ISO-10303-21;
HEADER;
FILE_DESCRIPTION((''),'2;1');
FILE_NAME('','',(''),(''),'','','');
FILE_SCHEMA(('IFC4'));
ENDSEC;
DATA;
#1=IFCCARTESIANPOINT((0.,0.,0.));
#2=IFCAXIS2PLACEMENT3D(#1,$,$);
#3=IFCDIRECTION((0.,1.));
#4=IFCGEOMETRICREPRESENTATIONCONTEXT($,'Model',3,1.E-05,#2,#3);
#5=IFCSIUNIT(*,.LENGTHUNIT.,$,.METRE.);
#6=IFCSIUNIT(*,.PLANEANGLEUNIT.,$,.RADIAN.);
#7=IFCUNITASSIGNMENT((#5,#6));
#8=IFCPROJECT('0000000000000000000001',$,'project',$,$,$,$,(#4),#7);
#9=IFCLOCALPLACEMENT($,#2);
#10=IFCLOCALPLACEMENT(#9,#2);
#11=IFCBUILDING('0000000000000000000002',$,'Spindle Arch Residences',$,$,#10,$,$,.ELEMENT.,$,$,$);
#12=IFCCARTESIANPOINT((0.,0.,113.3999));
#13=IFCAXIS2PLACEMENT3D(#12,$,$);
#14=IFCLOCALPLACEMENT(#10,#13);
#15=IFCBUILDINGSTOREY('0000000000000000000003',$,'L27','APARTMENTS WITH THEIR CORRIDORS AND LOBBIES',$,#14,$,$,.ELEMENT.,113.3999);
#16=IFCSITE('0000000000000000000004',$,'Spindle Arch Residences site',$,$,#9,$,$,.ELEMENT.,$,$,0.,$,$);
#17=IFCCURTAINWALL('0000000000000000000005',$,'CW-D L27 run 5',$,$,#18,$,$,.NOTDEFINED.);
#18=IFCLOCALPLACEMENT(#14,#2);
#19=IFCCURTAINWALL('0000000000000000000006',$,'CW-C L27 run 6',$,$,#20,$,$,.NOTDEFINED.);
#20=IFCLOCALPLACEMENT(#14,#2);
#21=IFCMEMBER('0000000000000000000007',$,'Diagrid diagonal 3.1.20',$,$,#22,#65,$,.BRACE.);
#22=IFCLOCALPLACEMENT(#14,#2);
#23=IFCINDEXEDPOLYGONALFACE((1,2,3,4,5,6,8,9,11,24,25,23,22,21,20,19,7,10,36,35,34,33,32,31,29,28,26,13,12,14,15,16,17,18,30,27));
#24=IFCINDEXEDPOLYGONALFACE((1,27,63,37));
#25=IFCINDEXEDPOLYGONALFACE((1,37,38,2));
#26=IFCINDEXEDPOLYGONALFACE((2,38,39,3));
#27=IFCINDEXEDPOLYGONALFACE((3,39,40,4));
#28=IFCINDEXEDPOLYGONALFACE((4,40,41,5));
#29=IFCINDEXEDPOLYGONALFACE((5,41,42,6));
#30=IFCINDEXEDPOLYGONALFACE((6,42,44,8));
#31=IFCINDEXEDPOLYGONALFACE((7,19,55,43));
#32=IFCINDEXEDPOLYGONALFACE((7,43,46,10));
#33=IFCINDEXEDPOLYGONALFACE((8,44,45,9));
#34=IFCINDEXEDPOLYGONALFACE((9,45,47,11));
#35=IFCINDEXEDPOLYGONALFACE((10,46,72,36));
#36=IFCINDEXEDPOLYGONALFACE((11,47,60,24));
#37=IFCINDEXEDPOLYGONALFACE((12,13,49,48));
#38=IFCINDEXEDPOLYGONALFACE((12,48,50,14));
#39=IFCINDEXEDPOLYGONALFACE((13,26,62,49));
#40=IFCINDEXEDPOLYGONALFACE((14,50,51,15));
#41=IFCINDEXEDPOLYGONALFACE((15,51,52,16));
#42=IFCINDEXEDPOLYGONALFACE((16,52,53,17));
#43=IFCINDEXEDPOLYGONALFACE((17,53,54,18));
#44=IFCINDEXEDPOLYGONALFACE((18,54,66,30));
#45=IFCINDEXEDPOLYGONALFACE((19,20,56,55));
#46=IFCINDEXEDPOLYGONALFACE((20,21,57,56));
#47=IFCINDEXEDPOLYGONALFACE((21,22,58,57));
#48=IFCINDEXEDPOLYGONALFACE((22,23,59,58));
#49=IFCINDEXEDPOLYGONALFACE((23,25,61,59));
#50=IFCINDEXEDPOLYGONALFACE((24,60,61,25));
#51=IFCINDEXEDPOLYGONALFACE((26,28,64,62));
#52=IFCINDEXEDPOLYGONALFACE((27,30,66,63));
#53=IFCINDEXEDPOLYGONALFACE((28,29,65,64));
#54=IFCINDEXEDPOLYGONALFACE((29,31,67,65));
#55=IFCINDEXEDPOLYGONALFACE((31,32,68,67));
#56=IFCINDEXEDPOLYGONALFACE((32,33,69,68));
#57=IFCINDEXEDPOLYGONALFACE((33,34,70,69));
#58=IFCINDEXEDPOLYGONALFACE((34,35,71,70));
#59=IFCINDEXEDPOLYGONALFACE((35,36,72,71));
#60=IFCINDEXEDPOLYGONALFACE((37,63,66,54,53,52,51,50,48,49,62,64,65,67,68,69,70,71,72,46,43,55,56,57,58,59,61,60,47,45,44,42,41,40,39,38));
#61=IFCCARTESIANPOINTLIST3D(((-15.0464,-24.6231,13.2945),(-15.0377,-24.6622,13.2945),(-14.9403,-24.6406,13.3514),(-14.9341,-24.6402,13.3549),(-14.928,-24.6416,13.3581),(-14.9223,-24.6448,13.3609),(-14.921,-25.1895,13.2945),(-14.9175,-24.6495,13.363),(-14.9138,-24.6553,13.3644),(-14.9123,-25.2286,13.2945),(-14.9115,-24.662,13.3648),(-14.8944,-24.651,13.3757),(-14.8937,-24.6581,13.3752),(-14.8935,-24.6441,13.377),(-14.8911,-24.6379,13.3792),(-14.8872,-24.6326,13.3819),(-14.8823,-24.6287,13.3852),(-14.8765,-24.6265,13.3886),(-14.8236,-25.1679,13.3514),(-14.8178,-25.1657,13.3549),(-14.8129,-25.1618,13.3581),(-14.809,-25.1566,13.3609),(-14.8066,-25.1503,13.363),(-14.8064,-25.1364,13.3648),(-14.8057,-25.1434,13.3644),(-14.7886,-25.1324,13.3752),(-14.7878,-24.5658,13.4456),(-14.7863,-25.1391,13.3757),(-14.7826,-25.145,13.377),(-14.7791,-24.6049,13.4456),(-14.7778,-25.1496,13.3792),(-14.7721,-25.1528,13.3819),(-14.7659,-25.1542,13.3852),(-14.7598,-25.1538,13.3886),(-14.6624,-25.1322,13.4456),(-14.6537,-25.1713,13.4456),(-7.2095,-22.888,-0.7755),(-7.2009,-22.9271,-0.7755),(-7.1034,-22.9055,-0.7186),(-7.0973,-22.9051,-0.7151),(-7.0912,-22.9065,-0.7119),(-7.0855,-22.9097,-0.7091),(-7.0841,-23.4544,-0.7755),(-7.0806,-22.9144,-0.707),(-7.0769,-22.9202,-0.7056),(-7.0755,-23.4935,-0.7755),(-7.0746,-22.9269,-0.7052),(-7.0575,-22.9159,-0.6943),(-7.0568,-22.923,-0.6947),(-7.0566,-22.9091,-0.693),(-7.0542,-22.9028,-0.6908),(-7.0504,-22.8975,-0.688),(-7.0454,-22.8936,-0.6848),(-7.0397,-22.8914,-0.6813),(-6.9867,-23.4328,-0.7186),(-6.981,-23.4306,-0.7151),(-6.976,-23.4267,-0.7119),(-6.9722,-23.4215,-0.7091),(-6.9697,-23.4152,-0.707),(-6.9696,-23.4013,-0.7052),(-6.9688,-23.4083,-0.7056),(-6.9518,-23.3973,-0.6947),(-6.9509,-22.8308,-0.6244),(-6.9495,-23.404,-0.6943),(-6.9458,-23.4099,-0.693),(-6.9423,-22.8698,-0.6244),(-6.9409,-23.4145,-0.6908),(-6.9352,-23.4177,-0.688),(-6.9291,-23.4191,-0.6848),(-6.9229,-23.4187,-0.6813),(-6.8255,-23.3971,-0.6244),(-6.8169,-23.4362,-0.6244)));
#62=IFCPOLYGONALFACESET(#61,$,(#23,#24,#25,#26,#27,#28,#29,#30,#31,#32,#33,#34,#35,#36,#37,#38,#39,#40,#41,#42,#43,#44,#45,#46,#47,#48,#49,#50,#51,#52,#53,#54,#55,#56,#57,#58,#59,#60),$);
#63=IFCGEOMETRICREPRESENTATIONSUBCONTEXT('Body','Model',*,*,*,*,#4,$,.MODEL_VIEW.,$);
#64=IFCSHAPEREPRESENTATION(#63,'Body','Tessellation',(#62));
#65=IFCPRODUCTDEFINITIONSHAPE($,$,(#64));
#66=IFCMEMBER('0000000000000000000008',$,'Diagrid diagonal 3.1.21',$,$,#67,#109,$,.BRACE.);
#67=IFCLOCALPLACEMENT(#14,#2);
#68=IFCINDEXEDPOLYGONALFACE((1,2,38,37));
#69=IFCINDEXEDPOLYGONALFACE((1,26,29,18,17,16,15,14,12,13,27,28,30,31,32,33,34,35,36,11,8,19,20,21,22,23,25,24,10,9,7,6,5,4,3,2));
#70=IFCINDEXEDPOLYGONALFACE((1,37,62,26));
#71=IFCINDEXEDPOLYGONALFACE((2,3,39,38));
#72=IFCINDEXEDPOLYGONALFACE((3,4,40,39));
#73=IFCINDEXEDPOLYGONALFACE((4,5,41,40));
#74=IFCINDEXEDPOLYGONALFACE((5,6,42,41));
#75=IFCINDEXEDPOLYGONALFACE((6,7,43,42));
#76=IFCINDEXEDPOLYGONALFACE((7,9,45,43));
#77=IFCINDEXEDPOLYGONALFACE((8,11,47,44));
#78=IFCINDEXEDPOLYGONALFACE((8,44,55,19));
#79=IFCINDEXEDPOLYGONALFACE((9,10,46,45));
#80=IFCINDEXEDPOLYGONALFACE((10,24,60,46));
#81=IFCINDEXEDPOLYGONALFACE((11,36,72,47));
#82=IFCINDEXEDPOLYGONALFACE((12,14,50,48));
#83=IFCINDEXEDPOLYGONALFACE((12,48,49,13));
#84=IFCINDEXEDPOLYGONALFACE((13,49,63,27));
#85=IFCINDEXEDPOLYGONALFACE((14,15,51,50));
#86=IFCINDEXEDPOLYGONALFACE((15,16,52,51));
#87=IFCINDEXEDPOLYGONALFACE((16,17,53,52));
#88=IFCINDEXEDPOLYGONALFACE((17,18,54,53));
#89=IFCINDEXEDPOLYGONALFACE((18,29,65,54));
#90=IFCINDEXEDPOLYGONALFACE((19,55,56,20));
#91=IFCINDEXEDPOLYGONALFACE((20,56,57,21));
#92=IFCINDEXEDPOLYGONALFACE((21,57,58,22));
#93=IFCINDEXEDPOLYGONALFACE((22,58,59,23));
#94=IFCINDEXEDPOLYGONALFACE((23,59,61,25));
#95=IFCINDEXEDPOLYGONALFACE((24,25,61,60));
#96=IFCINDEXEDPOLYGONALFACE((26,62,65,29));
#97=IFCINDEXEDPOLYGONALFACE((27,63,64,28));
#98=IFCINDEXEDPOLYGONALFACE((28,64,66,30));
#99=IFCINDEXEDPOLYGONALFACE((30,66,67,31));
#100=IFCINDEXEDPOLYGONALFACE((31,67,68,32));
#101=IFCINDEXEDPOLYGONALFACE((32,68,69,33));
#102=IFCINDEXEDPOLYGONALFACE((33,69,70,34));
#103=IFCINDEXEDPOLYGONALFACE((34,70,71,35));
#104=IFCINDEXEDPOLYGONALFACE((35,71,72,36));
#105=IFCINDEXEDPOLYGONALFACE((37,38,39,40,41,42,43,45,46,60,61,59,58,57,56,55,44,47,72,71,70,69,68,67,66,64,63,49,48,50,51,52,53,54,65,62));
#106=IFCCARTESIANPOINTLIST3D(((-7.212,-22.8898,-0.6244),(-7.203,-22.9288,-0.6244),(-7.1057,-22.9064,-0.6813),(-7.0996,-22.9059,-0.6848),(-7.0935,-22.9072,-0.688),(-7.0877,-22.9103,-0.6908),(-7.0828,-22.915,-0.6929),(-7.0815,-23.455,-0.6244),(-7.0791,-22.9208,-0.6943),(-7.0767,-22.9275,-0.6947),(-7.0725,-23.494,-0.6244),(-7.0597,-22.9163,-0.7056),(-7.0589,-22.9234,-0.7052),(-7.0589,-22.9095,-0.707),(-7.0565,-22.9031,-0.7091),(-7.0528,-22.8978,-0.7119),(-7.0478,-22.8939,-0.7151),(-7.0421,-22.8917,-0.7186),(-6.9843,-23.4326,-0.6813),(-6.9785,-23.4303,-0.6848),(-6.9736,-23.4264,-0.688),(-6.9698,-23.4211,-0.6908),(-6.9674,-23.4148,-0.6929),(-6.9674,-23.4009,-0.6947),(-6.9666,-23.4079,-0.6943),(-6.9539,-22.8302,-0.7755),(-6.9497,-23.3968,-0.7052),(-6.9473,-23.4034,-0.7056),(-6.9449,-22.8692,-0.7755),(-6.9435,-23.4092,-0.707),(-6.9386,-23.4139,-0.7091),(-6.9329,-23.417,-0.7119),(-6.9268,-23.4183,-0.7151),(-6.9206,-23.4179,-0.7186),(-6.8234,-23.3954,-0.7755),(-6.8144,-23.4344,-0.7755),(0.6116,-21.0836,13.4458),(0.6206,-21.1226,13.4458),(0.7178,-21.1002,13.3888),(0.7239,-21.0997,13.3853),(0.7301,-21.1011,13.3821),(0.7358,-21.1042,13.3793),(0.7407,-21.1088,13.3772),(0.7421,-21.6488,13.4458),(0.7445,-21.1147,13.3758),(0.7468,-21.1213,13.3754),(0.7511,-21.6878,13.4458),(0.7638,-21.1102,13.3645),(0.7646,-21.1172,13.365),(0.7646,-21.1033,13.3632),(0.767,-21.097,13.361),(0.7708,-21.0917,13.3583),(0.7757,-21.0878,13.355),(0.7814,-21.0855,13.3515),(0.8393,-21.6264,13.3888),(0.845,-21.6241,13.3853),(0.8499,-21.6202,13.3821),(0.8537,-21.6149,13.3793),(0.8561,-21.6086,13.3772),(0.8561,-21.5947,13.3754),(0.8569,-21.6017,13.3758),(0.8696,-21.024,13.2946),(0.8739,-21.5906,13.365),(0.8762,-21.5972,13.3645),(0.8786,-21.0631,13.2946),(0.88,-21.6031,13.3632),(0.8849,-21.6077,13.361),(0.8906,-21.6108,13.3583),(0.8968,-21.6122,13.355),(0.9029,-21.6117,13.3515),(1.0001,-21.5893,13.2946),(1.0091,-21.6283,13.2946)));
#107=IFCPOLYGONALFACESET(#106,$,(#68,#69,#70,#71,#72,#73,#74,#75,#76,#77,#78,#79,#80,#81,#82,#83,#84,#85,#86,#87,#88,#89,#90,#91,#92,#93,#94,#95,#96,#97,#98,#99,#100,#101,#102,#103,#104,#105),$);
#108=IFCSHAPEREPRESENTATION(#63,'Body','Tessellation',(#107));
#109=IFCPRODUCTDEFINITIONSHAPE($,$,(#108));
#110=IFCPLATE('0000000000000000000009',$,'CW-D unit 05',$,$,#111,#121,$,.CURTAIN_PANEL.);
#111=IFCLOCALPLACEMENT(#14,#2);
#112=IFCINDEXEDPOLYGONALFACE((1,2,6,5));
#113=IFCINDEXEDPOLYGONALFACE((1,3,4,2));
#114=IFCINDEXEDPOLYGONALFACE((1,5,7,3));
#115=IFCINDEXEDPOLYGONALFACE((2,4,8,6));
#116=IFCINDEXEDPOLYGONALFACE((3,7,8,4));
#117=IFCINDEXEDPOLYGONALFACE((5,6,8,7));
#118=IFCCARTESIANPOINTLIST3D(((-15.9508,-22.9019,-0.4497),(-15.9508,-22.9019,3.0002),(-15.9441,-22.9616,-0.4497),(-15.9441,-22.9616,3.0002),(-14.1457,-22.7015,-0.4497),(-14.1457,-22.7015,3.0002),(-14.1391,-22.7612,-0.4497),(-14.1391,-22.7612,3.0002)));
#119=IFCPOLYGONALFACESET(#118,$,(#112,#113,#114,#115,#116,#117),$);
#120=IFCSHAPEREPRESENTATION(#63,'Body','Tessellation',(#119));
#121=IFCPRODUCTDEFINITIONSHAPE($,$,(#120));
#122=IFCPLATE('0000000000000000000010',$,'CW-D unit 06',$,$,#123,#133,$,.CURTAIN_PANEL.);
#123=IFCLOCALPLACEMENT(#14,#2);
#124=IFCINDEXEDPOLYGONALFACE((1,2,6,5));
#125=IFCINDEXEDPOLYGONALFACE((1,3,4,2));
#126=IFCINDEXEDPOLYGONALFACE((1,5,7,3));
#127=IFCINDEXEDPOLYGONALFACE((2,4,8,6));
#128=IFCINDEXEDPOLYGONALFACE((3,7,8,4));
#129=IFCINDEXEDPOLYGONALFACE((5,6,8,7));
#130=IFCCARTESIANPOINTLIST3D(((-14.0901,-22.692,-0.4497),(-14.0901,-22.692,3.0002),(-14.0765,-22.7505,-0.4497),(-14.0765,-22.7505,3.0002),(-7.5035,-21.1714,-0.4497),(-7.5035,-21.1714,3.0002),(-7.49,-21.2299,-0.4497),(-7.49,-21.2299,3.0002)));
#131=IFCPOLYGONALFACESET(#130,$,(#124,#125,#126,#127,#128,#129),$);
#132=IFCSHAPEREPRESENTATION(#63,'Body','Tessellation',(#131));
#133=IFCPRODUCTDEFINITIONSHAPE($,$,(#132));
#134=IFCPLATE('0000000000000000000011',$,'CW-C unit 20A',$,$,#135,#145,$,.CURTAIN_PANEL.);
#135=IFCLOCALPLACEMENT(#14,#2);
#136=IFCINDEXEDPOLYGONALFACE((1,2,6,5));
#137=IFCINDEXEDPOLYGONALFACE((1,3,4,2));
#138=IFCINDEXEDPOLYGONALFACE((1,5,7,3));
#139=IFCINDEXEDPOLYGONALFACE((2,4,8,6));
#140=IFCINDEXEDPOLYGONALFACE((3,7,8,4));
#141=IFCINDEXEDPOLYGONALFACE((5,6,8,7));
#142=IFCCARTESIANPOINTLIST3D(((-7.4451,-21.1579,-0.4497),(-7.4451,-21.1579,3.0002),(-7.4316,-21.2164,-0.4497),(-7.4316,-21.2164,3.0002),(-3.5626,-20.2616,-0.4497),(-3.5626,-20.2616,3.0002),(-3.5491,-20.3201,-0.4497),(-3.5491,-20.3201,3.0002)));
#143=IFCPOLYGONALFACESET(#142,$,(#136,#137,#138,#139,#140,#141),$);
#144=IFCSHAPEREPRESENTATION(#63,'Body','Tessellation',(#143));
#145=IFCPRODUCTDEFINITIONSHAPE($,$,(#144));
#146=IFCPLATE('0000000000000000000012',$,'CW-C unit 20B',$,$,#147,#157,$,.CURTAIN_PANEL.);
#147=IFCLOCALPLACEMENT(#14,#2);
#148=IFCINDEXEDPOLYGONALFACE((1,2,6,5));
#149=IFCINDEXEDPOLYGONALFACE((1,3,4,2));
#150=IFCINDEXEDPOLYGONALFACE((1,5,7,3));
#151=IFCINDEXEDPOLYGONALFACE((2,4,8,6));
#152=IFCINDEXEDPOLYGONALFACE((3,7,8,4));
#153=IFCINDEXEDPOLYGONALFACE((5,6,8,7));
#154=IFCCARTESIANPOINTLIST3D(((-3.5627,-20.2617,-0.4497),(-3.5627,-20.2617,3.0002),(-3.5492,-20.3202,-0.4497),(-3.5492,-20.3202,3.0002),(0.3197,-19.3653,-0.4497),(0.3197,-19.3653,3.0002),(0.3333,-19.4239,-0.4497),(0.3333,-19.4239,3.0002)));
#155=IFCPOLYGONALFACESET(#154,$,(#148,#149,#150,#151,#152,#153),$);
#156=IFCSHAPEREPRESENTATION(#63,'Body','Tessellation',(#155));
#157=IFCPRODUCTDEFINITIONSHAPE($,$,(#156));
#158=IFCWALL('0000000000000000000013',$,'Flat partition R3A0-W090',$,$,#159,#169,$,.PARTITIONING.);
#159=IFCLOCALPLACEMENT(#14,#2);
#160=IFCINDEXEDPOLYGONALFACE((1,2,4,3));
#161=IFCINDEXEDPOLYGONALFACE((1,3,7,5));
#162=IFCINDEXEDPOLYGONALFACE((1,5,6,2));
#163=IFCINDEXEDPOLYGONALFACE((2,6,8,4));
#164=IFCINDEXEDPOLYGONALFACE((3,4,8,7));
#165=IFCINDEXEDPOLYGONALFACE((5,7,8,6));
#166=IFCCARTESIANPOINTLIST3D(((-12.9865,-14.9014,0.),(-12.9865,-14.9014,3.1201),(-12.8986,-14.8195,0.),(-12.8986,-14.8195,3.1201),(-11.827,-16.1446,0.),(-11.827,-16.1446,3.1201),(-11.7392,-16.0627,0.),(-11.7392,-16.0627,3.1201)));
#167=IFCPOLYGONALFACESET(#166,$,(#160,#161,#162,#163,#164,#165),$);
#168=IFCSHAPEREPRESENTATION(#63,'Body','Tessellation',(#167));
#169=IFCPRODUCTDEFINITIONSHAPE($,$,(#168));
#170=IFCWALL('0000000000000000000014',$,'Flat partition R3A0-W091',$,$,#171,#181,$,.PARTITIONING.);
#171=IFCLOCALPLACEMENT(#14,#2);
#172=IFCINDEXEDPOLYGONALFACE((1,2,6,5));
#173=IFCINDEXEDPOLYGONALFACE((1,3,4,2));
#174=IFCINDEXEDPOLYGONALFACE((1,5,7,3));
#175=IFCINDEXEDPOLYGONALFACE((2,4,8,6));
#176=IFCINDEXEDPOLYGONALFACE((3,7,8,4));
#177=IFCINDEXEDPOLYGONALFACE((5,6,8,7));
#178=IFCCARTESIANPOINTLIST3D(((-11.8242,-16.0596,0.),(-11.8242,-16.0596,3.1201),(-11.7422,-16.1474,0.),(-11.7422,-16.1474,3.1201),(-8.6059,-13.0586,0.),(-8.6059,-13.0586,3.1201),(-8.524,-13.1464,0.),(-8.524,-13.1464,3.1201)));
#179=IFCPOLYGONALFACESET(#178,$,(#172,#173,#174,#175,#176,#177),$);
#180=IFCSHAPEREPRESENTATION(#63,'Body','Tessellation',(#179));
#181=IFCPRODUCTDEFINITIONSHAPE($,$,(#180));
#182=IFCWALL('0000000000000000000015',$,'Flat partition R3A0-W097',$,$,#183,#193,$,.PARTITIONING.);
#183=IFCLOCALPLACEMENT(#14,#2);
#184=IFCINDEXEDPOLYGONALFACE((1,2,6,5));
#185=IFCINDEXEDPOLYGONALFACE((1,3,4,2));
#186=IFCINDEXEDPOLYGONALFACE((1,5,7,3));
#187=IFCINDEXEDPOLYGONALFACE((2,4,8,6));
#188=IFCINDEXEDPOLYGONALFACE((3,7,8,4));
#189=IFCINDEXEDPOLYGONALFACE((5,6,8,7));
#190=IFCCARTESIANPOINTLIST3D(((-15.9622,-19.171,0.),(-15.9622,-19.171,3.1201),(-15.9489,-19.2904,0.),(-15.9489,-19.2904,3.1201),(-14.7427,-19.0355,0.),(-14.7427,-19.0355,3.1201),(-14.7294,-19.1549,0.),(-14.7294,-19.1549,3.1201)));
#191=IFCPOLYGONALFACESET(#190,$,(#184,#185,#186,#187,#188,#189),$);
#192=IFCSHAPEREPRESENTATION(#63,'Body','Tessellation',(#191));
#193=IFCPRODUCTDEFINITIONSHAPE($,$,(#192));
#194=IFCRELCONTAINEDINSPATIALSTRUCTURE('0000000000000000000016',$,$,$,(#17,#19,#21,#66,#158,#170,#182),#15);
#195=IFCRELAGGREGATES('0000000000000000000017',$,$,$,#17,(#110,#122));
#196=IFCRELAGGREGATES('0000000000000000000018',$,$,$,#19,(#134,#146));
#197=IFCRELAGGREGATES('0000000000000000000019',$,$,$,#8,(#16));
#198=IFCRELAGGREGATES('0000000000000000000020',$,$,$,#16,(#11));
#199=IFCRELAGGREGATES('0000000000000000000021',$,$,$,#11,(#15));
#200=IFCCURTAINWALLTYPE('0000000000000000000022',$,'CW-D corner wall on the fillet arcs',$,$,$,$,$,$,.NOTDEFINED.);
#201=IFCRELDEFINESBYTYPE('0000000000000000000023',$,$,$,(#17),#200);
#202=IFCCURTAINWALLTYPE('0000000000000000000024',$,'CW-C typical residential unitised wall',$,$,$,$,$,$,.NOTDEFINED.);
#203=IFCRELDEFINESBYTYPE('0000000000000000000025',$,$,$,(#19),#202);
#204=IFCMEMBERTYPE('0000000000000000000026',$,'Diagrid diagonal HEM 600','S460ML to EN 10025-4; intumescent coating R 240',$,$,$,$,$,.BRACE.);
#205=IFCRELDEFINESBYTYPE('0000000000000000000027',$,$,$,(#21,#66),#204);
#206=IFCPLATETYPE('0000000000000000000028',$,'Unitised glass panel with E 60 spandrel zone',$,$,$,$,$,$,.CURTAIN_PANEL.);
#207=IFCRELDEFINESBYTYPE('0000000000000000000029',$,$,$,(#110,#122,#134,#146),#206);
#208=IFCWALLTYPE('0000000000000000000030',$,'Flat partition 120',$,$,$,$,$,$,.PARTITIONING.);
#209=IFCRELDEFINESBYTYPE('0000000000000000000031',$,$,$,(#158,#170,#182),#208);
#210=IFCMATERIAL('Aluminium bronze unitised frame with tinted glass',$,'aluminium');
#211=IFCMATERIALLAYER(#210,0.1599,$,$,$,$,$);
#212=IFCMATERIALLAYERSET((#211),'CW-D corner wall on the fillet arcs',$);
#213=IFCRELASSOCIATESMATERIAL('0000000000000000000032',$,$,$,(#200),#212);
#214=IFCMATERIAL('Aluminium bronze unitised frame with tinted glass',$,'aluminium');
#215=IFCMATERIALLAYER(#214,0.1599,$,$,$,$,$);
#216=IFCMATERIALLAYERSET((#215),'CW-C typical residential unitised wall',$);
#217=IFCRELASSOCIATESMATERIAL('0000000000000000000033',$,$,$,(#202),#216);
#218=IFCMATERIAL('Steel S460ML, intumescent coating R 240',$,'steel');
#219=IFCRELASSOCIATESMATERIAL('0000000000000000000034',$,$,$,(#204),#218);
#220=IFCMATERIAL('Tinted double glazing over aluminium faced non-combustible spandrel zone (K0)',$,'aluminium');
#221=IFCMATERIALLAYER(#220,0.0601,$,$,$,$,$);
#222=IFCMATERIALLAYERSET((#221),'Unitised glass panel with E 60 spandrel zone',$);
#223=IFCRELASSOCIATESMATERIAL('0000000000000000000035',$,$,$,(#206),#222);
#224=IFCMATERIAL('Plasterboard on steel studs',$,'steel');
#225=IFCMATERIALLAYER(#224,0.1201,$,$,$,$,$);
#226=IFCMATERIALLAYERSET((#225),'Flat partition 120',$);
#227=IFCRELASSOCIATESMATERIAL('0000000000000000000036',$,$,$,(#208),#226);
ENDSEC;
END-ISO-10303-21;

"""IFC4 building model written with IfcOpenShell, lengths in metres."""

from ifc_helpers import new_model, si_unit, direction, frame, frame_2d, origin, origin_2d, place, context, subcontext, project, spatial, rectangle, i_section, extrude, material, layer, layer_set, material_profile, profile_set, type_object, element, aggregate, save


model = new_model("IFC4")

# Units and contexts
model_context = context("Model", 3, precision=1e-05, world=origin(), true_north=direction((0.0, 1.0)))
body_context = subcontext(model_context, "Body", "Model", "MODEL_VIEW")
ifc_project = project(units=[si_unit("LENGTHUNIT", "METRE"), si_unit("PLANEANGLEUNIT", "RADIAN")], contexts=[model_context])

# Site, building, storey
site_placement = place(None, origin())
site = spatial("IfcSite", under=ifc_project, at=site_placement, Name="Spindle Arch Residences site", CompositionType="ELEMENT", RefElevation=0.0)
building_placement = place(site_placement, origin())
building = spatial("IfcBuilding", under=site, at=building_placement, Name="Spindle Arch Residences", CompositionType="ELEMENT")
storey_placement = place(building_placement, frame((0.0, 0.0, 113.3999)))
storey = spatial("IfcBuildingStorey", under=building, at=storey_placement, Name="L27", Description="APARTMENTS WITH THEIR CORRIDORS AND LOBBIES", CompositionType="ELEMENT", Elevation=113.3999)

# Curtain wall
ifc_material_1 = material(Name="Aluminium bronze unitised frame with tinted glass", Category="aluminium")
ifc_layer_1 = layer(ifc_material_1, 0.1599)
ifc_layer_set_1 = layer_set([ifc_layer_1], Name="CW-D corner wall on the fillet arcs")
curtain_wall_type_1 = type_object("IfcCurtainWallType", Name="CW-D corner wall on the fillet arcs", PredefinedType="NOTDEFINED", material=ifc_layer_set_1)
curtain_wall_1_placement = place(storey_placement, origin())
curtain_wall_1 = element("IfcCurtainWall", 1, at=curtain_wall_1_placement, inside=storey, type_object=curtain_wall_type_1, Name="CW-D L27 run 5", PredefinedType="NOTDEFINED")

# Curtain wall
ifc_material_2 = material(Name="Aluminium bronze unitised frame with tinted glass", Category="aluminium")
ifc_layer_2 = layer(ifc_material_2, 0.1599)
ifc_layer_set_2 = layer_set([ifc_layer_2], Name="CW-C typical residential unitised wall")
curtain_wall_type_2 = type_object("IfcCurtainWallType", Name="CW-C typical residential unitised wall", PredefinedType="NOTDEFINED", material=ifc_layer_set_2)
curtain_wall_2_placement = place(storey_placement, origin())
curtain_wall_2 = element("IfcCurtainWall", 2, at=curtain_wall_2_placement, inside=storey, type_object=curtain_wall_type_2, Name="CW-C L27 run 6", PredefinedType="NOTDEFINED")

# Members
ifc_material_3 = material(Name="Steel S460ML, intumescent coating R 240", Category="steel")
ifc_material_profile_1 = material_profile(ifc_material_3, i_section(OverallWidth=0.3049, OverallDepth=0.6201, WebThickness=0.021, FlangeThickness=0.04, FilletRadius=0.0271, at=origin_2d()), Name="HEM 600")
ifc_profile_set_1 = profile_set([ifc_material_profile_1], Name="Steel S460ML, intumescent coating R 240")
member_type_1 = type_object("IfcMemberType", Name="Diagrid diagonal HEM 600", Description="S460ML to EN 10025-4; intumescent coating R 240", PredefinedType="BRACE", material=ifc_profile_set_1)
member_1_placement = place(storey_placement, frame((-7.0132, -23.1621, -0.7), z_axis=(-0.483802, -0.107115, 0.868598), x_axis=(0.848061, 0.187762, 0.495518)))
element("IfcMember", 3, at=member_1_placement, inside=storey, type_object=member_type_1, Name="Diagrid diagonal 3.1.20", PredefinedType="BRACE", context=body_context, shape_type="SweptSolid", body=[
    extrude(i_section(OverallWidth=0.3049, OverallDepth=0.6201, WebThickness=0.021, FlangeThickness=0.04, FilletRadius=0.0271, at=origin_2d()), origin(), (0.0, 0.0, 1.0), 16.1985),
])
member_2_placement = place(storey_placement, frame((-7.0132, -23.1621, -0.7), z_axis=(0.482935, 0.111492, 0.868529), x_axis=(-0.84627, -0.195372, 0.495638)))
element("IfcMember", 4, at=member_2_placement, inside=storey, type_object=member_type_1, Name="Diagrid diagonal 3.1.21", PredefinedType="BRACE", context=body_context, shape_type="SweptSolid", body=[
    extrude(i_section(OverallWidth=0.3049, OverallDepth=0.6201, WebThickness=0.021, FlangeThickness=0.04, FilletRadius=0.0271, at=origin_2d()), origin(), (0.0, 0.0, 1.0), 16.2),
])

# Plates
ifc_material_4 = material(Name="Tinted double glazing over aluminium faced non-combustible spandrel zone (K0)", Category="aluminium")
ifc_layer_3 = layer(ifc_material_4, 0.0601)
ifc_layer_set_3 = layer_set([ifc_layer_3], Name="Unitised glass panel with E 60 spandrel zone")
plate_type = type_object("IfcPlateType", Name="Unitised glass panel with E 60 spandrel zone", PredefinedType="CURTAIN_PANEL", material=ifc_layer_set_3)
plate_1_placement = place(storey_placement, frame((-15.0449, -22.8315, -0.4497), z_axis=(0.0, 0.0, 1.0), x_axis=(0.993897, 0.110313, 0.0)))
plate_1 = element("IfcPlate", 5, at=plate_1_placement, type_object=plate_type, Name="CW-D unit 05", PredefinedType="CURTAIN_PANEL", context=body_context, shape_type="SweptSolid", body=[
    extrude(rectangle(XDim=1.8162, YDim=0.0601, at=origin_2d()), origin(), (0.0, 0.0, 1.0), 3.45),
])
plate_2_placement = place(storey_placement, frame((-10.79, -21.9609, -0.4497), z_axis=(0.0, 0.0, 1.0), x_axis=(0.97437, 0.224951, 0.0)))
plate_2 = element("IfcPlate", 6, at=plate_2_placement, type_object=plate_type, Name="CW-D unit 06", PredefinedType="CURTAIN_PANEL", context=body_context, shape_type="SweptSolid", body=[
    extrude(rectangle(XDim=6.7598, YDim=0.0601, at=origin_2d()), origin(), (0.0, 0.0, 1.0), 3.45),
])
aggregate(curtain_wall_1, [plate_1, plate_2])
plate_3_placement = place(storey_placement, frame((-5.4971, -20.739, -0.4497), z_axis=(0.0, 0.0, 1.0), x_axis=(0.97437, 0.224951, 0.0)))
plate_3 = element("IfcPlate", 7, at=plate_3_placement, type_object=plate_type, Name="CW-C unit 20A", PredefinedType="CURTAIN_PANEL", context=body_context, shape_type="SweptSolid", body=[
    extrude(rectangle(XDim=3.9846, YDim=0.0601, at=origin_2d()), origin(), (0.0, 0.0, 1.0), 3.45),
])
plate_4_placement = place(storey_placement, frame((-1.6147, -19.8428, -0.4497), z_axis=(0.0, 0.0, 1.0), x_axis=(0.97437, 0.224951, 0.0)))
plate_4 = element("IfcPlate", 8, at=plate_4_placement, type_object=plate_type, Name="CW-C unit 20B", PredefinedType="CURTAIN_PANEL", context=body_context, shape_type="SweptSolid", body=[
    extrude(rectangle(XDim=3.9846, YDim=0.0601, at=origin_2d()), origin(), (0.0, 0.0, 1.0), 3.45),
])
aggregate(curtain_wall_2, [plate_3, plate_4])

# Walls
ifc_material_5 = material(Name="Plasterboard on steel studs", Category="steel")
ifc_layer_4 = layer(ifc_material_5, 0.1201)
ifc_layer_set_4 = layer_set([ifc_layer_4], Name="Flat partition 120")
wall_type_1 = type_object("IfcWallType", Name="Flat partition 120", PredefinedType="PARTITIONING", material=ifc_layer_set_4)
wall_1_placement = place(storey_placement, frame((-12.9426, -14.8604, 0.0), z_axis=(0.0, 0.0, 1.0), x_axis=(0.682047, -0.731308, 0.0)))
element("IfcWall", 9, at=wall_1_placement, inside=storey, type_object=wall_type_1, Name="Flat partition R3A0-W090", PredefinedType="PARTITIONING", context=body_context, shape_type="SweptSolid", body=[
    extrude(rectangle(XDim=1.7, YDim=0.1201, at=frame_2d((0.8501, 0.0))), origin(), (0.0, 0.0, 1.0), 3.1201),
])
wall_2_placement = place(storey_placement, frame((-11.7832, -16.1035, 0.0), z_axis=(0.0, 0.0, 1.0), x_axis=(0.731365, 0.681986, 0.0)))
element("IfcWall", 10, at=wall_2_placement, inside=storey, type_object=wall_type_1, Name="Flat partition R3A0-W091", PredefinedType="PARTITIONING", context=body_context, shape_type="SweptSolid", body=[
    extrude(rectangle(XDim=4.4004, YDim=0.1201, at=frame_2d((2.2002, 0.0))), origin(), (0.0, 0.0, 1.0), 3.1201),
])
wall_3_placement = place(storey_placement, frame((-15.9556, -19.2307, 0.0), z_axis=(0.0, 0.0, 1.0), x_axis=(0.993884, 0.110432, 0.0)))
element("IfcWall", 11, at=wall_3_placement, inside=storey, type_object=wall_type_1, Name="Flat partition R3A0-W097", PredefinedType="PARTITIONING", context=body_context, shape_type="SweptSolid", body=[
    extrude(rectangle(XDim=1.2271, YDim=0.1201, at=frame_2d((0.6135, 0.0))), origin(), (0.0, 0.0, 1.0), 3.1201),
])

save(model, "model.ifc")
